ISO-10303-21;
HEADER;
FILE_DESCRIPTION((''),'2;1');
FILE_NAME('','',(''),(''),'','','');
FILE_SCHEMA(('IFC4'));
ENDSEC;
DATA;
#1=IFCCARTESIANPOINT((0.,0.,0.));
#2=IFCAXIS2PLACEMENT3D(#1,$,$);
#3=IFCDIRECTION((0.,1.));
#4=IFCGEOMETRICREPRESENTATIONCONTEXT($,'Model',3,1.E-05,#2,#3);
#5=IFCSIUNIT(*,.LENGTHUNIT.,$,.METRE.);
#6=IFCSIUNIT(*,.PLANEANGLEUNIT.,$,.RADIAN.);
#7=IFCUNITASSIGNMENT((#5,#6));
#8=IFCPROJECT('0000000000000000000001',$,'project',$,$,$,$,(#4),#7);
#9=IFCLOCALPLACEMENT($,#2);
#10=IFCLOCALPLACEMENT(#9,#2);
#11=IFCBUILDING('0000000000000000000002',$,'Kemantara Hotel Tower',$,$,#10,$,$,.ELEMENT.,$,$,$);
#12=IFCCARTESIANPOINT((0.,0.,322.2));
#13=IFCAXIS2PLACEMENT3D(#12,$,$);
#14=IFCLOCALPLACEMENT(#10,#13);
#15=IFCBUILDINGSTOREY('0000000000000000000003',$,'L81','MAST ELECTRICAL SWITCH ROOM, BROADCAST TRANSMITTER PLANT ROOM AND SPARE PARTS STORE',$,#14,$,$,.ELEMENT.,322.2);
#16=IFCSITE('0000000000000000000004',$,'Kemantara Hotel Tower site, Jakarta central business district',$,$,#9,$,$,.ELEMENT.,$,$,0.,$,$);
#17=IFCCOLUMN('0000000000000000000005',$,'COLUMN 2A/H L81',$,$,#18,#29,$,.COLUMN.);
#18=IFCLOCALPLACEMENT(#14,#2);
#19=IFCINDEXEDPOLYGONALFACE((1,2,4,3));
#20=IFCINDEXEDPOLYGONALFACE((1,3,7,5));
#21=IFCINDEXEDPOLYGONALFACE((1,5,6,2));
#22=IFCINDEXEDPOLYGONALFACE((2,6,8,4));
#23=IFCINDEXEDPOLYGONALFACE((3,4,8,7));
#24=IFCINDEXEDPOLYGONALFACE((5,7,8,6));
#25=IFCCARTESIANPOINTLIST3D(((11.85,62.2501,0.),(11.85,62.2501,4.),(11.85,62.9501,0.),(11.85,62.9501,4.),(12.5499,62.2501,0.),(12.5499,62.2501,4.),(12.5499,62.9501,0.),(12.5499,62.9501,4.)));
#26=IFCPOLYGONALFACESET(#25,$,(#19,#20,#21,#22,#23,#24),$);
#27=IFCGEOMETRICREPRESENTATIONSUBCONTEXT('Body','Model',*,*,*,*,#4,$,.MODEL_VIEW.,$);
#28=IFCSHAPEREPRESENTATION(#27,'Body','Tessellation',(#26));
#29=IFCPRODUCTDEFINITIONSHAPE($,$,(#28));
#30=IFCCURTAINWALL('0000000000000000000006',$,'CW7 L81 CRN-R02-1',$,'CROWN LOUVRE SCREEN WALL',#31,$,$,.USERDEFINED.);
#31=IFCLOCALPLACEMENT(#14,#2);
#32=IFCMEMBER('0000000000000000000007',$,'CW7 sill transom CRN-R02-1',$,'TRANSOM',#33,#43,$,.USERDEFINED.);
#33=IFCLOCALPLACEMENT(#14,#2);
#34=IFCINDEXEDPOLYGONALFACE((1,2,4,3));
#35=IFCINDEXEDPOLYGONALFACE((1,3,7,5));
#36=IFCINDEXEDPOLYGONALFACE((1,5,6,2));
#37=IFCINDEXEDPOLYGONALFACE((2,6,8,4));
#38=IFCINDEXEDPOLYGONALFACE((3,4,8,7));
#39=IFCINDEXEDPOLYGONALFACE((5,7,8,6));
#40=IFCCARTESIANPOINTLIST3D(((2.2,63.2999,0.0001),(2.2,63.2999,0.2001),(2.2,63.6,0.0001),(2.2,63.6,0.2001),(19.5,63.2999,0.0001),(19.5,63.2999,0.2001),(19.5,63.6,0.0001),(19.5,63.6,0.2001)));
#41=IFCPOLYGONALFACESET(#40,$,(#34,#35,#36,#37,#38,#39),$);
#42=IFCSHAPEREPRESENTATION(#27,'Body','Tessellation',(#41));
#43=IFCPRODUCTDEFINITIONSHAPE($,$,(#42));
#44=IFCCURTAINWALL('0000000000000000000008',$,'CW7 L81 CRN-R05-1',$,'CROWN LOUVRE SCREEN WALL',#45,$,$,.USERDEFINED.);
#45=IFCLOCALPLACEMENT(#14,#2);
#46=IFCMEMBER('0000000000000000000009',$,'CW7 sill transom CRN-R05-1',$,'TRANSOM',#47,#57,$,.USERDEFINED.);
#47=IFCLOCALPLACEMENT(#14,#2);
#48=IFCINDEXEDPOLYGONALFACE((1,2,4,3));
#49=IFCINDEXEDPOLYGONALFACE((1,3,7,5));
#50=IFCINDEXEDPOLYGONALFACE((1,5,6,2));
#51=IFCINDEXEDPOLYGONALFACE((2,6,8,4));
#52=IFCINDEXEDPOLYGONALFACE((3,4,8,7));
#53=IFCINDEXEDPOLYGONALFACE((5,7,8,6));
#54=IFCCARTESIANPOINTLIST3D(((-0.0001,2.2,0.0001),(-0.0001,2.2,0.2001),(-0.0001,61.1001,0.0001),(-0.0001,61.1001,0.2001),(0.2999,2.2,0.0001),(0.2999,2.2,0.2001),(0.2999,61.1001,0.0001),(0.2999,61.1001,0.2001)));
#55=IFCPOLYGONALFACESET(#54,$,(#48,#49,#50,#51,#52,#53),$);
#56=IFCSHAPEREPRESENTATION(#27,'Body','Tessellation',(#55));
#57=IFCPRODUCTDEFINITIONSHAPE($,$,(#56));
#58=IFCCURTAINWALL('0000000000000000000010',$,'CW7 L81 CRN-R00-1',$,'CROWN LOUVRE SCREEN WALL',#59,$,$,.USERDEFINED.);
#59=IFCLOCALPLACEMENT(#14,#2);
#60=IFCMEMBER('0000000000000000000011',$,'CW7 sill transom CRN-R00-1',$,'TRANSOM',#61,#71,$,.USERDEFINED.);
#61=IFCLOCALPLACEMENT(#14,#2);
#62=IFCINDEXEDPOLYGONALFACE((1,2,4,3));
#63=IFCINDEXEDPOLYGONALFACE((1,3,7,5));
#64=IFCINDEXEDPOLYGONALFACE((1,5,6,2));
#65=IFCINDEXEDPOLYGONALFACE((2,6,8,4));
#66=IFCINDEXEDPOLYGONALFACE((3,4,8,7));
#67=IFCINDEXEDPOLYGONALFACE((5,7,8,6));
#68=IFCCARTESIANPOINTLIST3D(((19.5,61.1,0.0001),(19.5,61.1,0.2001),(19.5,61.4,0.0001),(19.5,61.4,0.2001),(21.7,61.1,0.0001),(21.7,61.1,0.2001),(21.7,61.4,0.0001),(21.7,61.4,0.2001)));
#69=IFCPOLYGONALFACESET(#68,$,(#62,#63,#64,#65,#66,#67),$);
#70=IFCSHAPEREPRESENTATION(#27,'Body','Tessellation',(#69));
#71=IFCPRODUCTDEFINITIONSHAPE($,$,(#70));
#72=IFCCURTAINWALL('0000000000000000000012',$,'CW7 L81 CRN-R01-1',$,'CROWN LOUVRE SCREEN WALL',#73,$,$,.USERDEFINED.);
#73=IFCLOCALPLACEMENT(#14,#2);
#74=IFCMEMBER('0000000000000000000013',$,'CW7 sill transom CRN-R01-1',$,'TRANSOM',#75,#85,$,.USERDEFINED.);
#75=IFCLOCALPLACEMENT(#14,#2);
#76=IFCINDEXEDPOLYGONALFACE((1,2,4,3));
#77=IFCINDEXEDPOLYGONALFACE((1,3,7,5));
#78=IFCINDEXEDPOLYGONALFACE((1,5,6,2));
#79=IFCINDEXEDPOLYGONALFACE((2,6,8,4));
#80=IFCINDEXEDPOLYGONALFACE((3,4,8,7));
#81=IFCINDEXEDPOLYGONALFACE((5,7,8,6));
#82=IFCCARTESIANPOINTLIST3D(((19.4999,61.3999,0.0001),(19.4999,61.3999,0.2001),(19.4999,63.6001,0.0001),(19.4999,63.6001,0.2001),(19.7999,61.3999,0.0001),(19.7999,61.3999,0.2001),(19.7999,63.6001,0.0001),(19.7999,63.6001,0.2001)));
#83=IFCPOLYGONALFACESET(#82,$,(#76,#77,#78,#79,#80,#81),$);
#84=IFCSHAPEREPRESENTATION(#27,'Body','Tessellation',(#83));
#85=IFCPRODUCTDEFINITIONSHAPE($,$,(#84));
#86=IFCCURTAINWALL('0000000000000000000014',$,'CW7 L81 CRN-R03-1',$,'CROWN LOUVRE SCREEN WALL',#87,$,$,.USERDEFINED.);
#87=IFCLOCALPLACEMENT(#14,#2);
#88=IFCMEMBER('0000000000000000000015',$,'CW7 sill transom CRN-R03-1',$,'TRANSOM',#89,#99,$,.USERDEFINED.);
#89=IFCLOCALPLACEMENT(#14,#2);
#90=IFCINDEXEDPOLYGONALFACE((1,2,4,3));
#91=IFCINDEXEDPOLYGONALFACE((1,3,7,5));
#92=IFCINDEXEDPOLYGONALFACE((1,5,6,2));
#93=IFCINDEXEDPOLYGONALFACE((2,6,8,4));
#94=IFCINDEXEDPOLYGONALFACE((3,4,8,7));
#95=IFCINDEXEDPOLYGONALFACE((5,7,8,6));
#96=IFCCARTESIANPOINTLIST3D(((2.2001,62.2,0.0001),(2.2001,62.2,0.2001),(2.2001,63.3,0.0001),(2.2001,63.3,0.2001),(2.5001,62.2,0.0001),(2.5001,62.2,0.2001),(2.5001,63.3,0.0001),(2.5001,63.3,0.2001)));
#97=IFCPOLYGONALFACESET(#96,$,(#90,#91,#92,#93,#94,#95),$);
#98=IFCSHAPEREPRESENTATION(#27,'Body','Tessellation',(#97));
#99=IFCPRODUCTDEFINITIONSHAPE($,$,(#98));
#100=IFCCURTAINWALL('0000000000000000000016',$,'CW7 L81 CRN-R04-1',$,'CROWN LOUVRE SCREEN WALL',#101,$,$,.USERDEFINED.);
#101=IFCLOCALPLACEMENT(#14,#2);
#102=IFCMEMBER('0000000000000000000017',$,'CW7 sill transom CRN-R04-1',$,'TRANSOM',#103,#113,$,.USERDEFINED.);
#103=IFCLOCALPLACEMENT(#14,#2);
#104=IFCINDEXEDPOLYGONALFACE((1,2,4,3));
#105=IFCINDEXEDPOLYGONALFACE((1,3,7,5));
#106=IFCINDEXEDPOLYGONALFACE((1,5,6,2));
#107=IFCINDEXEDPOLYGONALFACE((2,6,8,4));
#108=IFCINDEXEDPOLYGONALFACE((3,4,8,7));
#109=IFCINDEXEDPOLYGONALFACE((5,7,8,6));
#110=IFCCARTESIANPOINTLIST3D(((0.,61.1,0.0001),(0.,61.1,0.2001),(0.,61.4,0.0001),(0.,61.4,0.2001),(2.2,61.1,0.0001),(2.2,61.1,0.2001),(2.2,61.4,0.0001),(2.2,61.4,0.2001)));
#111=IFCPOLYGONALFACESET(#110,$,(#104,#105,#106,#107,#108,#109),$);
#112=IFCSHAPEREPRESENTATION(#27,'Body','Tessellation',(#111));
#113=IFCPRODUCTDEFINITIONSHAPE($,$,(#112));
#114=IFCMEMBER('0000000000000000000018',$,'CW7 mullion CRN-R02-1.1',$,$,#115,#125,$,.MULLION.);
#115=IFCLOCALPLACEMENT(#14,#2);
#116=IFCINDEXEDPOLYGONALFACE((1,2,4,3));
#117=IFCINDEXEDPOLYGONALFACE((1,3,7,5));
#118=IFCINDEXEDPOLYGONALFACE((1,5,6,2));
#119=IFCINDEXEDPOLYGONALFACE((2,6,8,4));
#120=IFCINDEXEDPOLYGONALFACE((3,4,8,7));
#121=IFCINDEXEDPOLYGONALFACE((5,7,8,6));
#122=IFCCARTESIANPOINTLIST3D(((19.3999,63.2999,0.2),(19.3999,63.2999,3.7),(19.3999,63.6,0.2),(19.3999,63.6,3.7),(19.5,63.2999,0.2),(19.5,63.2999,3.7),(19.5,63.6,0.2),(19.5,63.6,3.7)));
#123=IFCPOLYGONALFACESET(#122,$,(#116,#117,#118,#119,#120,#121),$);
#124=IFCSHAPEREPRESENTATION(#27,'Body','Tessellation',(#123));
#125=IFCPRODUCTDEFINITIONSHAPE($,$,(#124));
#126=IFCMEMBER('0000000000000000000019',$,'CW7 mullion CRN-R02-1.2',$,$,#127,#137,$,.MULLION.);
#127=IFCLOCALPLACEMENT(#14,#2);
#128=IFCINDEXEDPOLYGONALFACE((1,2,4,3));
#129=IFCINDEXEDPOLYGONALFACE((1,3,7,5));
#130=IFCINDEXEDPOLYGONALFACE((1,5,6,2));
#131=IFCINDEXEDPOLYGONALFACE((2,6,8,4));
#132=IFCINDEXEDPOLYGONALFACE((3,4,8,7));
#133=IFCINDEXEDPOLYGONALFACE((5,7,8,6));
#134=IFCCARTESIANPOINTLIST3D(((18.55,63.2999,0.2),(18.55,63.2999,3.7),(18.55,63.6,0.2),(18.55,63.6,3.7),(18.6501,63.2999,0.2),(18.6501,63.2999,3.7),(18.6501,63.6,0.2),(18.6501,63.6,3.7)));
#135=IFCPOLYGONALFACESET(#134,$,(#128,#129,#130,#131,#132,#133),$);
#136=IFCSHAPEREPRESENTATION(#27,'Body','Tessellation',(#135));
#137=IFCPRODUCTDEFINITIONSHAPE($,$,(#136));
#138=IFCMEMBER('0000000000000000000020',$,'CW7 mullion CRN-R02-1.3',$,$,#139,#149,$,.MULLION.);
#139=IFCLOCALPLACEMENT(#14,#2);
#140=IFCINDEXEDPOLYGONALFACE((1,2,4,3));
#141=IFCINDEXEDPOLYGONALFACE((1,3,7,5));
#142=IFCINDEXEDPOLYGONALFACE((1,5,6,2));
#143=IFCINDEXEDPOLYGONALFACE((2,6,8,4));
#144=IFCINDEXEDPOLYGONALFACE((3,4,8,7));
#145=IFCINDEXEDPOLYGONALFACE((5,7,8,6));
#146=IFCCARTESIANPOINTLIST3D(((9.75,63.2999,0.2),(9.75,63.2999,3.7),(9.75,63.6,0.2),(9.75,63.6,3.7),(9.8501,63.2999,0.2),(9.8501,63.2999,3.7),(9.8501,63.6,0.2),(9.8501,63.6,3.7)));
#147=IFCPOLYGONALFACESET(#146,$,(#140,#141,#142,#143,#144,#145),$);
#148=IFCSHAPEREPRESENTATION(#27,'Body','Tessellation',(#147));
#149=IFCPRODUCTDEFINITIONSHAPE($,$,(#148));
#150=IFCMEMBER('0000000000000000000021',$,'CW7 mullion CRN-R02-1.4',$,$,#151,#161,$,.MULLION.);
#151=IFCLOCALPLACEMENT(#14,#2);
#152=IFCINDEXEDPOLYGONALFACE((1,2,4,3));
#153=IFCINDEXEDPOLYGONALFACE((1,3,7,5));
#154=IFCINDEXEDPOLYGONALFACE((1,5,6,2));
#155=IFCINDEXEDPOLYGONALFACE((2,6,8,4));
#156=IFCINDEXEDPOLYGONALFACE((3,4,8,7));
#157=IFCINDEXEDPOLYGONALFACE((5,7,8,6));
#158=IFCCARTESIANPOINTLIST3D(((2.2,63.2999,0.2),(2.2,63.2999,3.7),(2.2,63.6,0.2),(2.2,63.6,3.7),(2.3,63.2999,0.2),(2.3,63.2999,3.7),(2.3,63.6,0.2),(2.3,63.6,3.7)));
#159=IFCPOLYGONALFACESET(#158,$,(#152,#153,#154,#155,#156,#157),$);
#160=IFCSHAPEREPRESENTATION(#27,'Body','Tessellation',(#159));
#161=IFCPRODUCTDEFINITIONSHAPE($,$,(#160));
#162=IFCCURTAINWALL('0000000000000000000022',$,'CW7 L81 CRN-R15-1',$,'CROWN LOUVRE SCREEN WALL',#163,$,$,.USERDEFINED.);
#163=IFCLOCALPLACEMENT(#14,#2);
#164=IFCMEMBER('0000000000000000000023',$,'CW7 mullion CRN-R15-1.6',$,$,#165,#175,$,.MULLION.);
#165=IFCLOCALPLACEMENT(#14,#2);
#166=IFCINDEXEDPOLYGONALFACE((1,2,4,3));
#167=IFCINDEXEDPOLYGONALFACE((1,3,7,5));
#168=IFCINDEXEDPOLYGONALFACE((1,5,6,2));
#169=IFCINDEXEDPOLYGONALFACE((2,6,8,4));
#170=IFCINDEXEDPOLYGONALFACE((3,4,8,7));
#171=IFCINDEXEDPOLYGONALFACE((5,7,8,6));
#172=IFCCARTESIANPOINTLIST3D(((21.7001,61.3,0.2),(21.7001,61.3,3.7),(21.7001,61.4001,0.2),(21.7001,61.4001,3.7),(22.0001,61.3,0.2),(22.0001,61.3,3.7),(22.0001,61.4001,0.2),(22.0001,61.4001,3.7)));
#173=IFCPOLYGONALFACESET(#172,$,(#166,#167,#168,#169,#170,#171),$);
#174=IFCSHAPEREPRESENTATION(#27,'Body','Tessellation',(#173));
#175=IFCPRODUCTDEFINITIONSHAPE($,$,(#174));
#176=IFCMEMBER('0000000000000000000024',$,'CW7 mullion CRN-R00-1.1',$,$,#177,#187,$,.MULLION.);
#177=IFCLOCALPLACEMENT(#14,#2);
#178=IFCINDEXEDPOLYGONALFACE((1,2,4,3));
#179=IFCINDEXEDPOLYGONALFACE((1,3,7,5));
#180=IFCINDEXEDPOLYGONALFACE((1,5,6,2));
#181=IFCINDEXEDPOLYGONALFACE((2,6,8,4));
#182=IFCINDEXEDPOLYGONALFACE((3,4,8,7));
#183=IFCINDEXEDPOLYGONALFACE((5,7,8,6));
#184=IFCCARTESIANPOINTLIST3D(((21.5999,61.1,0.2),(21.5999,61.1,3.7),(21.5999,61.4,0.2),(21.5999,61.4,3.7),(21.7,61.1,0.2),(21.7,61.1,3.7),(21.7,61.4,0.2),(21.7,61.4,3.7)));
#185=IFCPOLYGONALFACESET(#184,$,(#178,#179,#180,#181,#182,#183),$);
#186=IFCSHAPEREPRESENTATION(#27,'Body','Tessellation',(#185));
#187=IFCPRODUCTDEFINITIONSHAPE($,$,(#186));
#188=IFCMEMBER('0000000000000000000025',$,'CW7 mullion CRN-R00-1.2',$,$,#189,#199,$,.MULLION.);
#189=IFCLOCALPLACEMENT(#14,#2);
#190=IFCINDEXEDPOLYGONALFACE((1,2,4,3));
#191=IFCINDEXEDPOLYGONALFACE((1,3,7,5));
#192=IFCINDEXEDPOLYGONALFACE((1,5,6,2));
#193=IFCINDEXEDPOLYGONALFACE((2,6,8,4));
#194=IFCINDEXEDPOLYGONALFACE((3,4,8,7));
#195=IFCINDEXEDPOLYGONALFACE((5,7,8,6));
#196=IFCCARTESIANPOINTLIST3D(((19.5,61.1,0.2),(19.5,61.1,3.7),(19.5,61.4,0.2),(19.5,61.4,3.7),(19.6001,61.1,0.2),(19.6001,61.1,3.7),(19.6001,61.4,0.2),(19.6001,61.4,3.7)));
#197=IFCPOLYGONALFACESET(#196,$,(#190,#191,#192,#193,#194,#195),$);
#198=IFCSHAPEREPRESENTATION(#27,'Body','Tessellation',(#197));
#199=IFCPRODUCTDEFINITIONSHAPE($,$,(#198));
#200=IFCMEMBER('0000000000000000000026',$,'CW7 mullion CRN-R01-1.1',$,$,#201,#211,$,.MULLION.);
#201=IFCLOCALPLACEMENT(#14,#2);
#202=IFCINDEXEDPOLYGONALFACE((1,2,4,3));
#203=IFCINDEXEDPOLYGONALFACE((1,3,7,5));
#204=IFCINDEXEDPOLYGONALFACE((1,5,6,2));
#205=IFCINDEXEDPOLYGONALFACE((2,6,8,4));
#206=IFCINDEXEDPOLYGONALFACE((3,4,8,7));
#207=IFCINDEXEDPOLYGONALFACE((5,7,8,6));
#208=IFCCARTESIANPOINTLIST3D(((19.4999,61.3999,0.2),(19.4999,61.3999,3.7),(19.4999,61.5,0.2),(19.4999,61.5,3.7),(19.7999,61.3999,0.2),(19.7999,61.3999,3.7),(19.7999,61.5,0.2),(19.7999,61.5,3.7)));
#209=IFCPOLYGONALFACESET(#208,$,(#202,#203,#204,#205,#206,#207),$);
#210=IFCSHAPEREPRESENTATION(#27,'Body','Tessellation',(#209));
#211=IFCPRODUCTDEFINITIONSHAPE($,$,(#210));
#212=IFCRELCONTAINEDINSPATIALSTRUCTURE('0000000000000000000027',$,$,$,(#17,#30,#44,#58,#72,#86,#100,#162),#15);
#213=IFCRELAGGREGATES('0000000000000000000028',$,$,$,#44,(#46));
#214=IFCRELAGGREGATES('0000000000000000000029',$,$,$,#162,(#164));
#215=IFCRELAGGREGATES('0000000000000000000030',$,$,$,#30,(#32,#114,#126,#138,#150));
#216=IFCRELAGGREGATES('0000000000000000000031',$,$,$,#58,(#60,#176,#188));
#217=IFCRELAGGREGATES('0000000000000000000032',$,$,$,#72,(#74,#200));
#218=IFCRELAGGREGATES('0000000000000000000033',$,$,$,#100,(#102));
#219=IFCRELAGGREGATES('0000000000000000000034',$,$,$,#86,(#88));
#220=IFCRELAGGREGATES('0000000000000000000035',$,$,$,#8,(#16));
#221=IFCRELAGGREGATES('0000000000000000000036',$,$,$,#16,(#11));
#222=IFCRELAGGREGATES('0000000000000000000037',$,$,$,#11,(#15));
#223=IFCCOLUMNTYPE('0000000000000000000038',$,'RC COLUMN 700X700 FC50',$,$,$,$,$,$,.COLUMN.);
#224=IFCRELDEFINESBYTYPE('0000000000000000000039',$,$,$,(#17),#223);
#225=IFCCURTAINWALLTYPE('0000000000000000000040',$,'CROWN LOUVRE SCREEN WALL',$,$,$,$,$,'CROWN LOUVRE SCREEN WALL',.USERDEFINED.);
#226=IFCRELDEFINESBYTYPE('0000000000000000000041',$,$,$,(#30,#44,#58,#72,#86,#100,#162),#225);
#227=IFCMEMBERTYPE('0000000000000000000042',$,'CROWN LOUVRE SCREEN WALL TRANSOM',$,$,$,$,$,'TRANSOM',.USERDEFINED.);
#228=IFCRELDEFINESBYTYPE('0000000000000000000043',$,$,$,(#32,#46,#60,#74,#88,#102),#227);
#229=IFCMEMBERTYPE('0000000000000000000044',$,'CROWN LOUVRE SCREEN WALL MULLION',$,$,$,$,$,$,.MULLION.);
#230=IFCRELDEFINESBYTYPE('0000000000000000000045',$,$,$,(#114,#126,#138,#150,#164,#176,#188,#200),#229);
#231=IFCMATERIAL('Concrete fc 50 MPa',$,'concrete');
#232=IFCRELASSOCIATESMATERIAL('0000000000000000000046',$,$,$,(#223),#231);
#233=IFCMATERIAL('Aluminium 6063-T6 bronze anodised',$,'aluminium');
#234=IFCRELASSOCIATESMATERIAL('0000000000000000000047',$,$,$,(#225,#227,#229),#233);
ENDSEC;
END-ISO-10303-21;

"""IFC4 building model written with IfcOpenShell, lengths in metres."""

from ifc_helpers import new_model, si_unit, direction, frame, origin, origin_2d, place, context, subcontext, project, spatial, rectangle, extrude, source, transform, mapped, material, material_profile, profile_set, type_object, element, aggregate, save


model = new_model("IFC4")

# Units and contexts
model_context = context("Model", 3, precision=1e-05, world=origin(), true_north=direction((0.0, 1.0)))
body_context = subcontext(model_context, "Body", "Model", "MODEL_VIEW")
ifc_project = project(units=[si_unit("LENGTHUNIT", "METRE"), si_unit("PLANEANGLEUNIT", "RADIAN")], contexts=[model_context])

# Site, building, storey
site_placement = place(None, origin())
site = spatial("IfcSite", under=ifc_project, at=site_placement, Name="Kemantara Hotel Tower site, Jakarta central business district", CompositionType="ELEMENT", RefElevation=0.0)
building_placement = place(site_placement, origin())
building = spatial("IfcBuilding", under=site, at=building_placement, Name="Kemantara Hotel Tower", CompositionType="ELEMENT")
storey_placement = place(building_placement, frame((0.0, 0.0, 322.2)))
storey = spatial("IfcBuildingStorey", under=building, at=storey_placement, Name="L81", Description="MAST ELECTRICAL SWITCH ROOM, BROADCAST TRANSMITTER PLANT ROOM AND SPARE PARTS STORE", CompositionType="ELEMENT", Elevation=322.2)

# Column
ifc_material_1 = material(Name="Concrete fc 50 MPa", Category="concrete")
ifc_material_profile_1 = material_profile(ifc_material_1, rectangle(XDim=0.7, YDim=0.7, at=origin_2d()), Name="RC 700X700")
ifc_profile_set_1 = profile_set([ifc_material_profile_1], Name="Concrete fc 50 MPa")
column_type = type_object("IfcColumnType", Name="RC COLUMN 700X700 FC50", PredefinedType="COLUMN", material=ifc_profile_set_1)
column_placement = place(storey_placement, frame((12.2, 62.6001, 0.0), z_axis=(0.0, 0.0, 1.0), x_axis=(1.0, 0.0, 0.0)))
element("IfcColumn", 1, at=column_placement, inside=storey, type_object=column_type, Name="COLUMN 2A/H L81", PredefinedType="COLUMN", context=body_context, shape_type="SweptSolid", body=[
    extrude(rectangle(XDim=0.7, YDim=0.7, at=origin_2d()), origin(), (0.0, 0.0, 1.0), 4.0),
])

# Curtain walls, members
ifc_material_2 = material(Name="Aluminium 6063-T6 bronze anodised", Category="aluminium")
curtain_wall_type = type_object("IfcCurtainWallType", Name="CROWN LOUVRE SCREEN WALL", ElementType="CROWN LOUVRE SCREEN WALL", PredefinedType="USERDEFINED", material=ifc_material_2)
curtain_wall_1_placement = place(storey_placement, origin())
curtain_wall_1 = element("IfcCurtainWall", 2, at=curtain_wall_1_placement, inside=storey, type_object=curtain_wall_type, Name="CW7 L81 CRN-R02-1", ObjectType="CROWN LOUVRE SCREEN WALL", PredefinedType="USERDEFINED")
ifc_material_profile_2 = material_profile(ifc_material_2, rectangle(XDim=0.3, YDim=0.2, at=origin_2d()), Name="CROWN LOUVRE SCREEN WALL TRANSOM")
ifc_profile_set_2 = profile_set([ifc_material_profile_2], Name="Aluminium 6063-T6 bronze anodised")
member_type_1 = type_object("IfcMemberType", Name="CROWN LOUVRE SCREEN WALL TRANSOM", ElementType="TRANSOM", PredefinedType="USERDEFINED", material=ifc_profile_set_2)
member_1_placement = place(storey_placement, frame((19.5, 63.45, 0.1001), z_axis=(-1.0, 0.0, 0.0), x_axis=(0.0, -1.0, 0.0)))
member_1 = element("IfcMember", 3, at=member_1_placement, type_object=member_type_1, Name="CW7 sill transom CRN-R02-1", ObjectType="TRANSOM", PredefinedType="USERDEFINED", context=body_context, shape_type="SweptSolid", body=[
    extrude(rectangle(XDim=0.3, YDim=0.2, at=origin_2d()), origin(), (0.0, 0.0, 1.0), 17.3),
])
curtain_wall_2_placement = place(storey_placement, origin())
curtain_wall_2 = element("IfcCurtainWall", 4, at=curtain_wall_2_placement, inside=storey, type_object=curtain_wall_type, Name="CW7 L81 CRN-R05-1", ObjectType="CROWN LOUVRE SCREEN WALL", PredefinedType="USERDEFINED")
member_2_placement = place(storey_placement, frame((0.1499, 61.1001, 0.1001), z_axis=(0.0, -1.0, 0.0), x_axis=(1.0, 0.0, 0.0)))
member_2 = element("IfcMember", 5, at=member_2_placement, type_object=member_type_1, Name="CW7 sill transom CRN-R05-1", ObjectType="TRANSOM", PredefinedType="USERDEFINED", context=body_context, shape_type="SweptSolid", body=[
    extrude(rectangle(XDim=0.3, YDim=0.2, at=origin_2d()), origin(), (0.0, 0.0, 1.0), 58.9001),
])
aggregate(curtain_wall_2, [member_2])
curtain_wall_3_placement = place(storey_placement, origin())
curtain_wall_3 = element("IfcCurtainWall", 6, at=curtain_wall_3_placement, inside=storey, type_object=curtain_wall_type, Name="CW7 L81 CRN-R00-1", ObjectType="CROWN LOUVRE SCREEN WALL", PredefinedType="USERDEFINED")
member_3_placement = place(storey_placement, frame((21.7, 61.25, 0.1001), z_axis=(-1.0, 0.0, 0.0), x_axis=(0.0, -1.0, 0.0)))
member_3 = element("IfcMember", 7, at=member_3_placement, type_object=member_type_1, Name="CW7 sill transom CRN-R00-1", ObjectType="TRANSOM", PredefinedType="USERDEFINED", context=body_context, shape_type="SweptSolid", body=[
    extrude(rectangle(XDim=0.3, YDim=0.2, at=origin_2d()), origin(), (0.0, 0.0, 1.0), 2.2),
])
curtain_wall_4_placement = place(storey_placement, origin())
curtain_wall_4 = element("IfcCurtainWall", 8, at=curtain_wall_4_placement, inside=storey, type_object=curtain_wall_type, Name="CW7 L81 CRN-R01-1", ObjectType="CROWN LOUVRE SCREEN WALL", PredefinedType="USERDEFINED")
member_4_placement = place(storey_placement, frame((19.6499, 61.3999, 0.1001), z_axis=(0.0, 1.0, 0.0), x_axis=(-1.0, 0.0, 0.0)))
member_4 = element("IfcMember", 9, at=member_4_placement, type_object=member_type_1, Name="CW7 sill transom CRN-R01-1", ObjectType="TRANSOM", PredefinedType="USERDEFINED", context=body_context, shape_type="SweptSolid", body=[
    extrude(rectangle(XDim=0.3, YDim=0.2, at=origin_2d()), origin(), (0.0, 0.0, 1.0), 2.2002),
])
curtain_wall_5_placement = place(storey_placement, origin())
curtain_wall_5 = element("IfcCurtainWall", 10, at=curtain_wall_5_placement, inside=storey, type_object=curtain_wall_type, Name="CW7 L81 CRN-R03-1", ObjectType="CROWN LOUVRE SCREEN WALL", PredefinedType="USERDEFINED")
member_5_placement = place(storey_placement, frame((2.3501, 63.3, 0.1001), z_axis=(0.0, -1.0, 0.0), x_axis=(1.0, 0.0, 0.0)))
member_5 = element("IfcMember", 11, at=member_5_placement, type_object=member_type_1, Name="CW7 sill transom CRN-R03-1", ObjectType="TRANSOM", PredefinedType="USERDEFINED", context=body_context, shape_type="SweptSolid", body=[
    extrude(rectangle(XDim=0.3, YDim=0.2, at=origin_2d()), origin(), (0.0, 0.0, 1.0), 1.1001),
])
curtain_wall_6_placement = place(storey_placement, origin())
curtain_wall_6 = element("IfcCurtainWall", 12, at=curtain_wall_6_placement, inside=storey, type_object=curtain_wall_type, Name="CW7 L81 CRN-R04-1", ObjectType="CROWN LOUVRE SCREEN WALL", PredefinedType="USERDEFINED")
member_6_placement = place(storey_placement, frame((2.2, 61.25, 0.1001), z_axis=(-1.0, 0.0, 0.0), x_axis=(0.0, -1.0, 0.0)))
member_6 = element("IfcMember", 13, at=member_6_placement, type_object=member_type_1, Name="CW7 sill transom CRN-R04-1", ObjectType="TRANSOM", PredefinedType="USERDEFINED", context=body_context, shape_type="SweptSolid", body=[
    extrude(rectangle(XDim=0.3, YDim=0.2, at=origin_2d()), origin(), (0.0, 0.0, 1.0), 2.2),
])

# Members
ifc_material_profile_3 = material_profile(ifc_material_2, rectangle(XDim=0.3, YDim=0.1001, at=origin_2d()), Name="CROWN LOUVRE SCREEN WALL MULLION")
ifc_profile_set_3 = profile_set([ifc_material_profile_3], Name="Aluminium 6063-T6 bronze anodised")
member_type_2 = type_object("IfcMemberType", Name="CROWN LOUVRE SCREEN WALL MULLION", PredefinedType="MULLION", material=ifc_profile_set_3)
shared_shape_1 = source(origin(), body_context, "Body", "SweptSolid", [
    extrude(rectangle(XDim=0.3, YDim=0.1001, at=origin_2d()), origin(), (0.0, 0.0, 1.0), 3.5),
])
member_7_placement = place(storey_placement, frame((19.45, 63.45, 0.2), z_axis=(0.0, 0.0, 1.0), x_axis=(0.0, -1.0, 0.0)))
member_7 = element("IfcMember", 14, at=member_7_placement, type_object=member_type_2, Name="CW7 mullion CRN-R02-1.1", PredefinedType="MULLION", context=body_context, shape_type="MappedRepresentation", body=[
    mapped(shared_shape_1, transform((0.0, 0.0, 0.0))),
])
member_8_placement = place(storey_placement, frame((18.6001, 63.45, 0.2), z_axis=(0.0, 0.0, 1.0), x_axis=(0.0, -1.0, 0.0)))
member_8 = element("IfcMember", 15, at=member_8_placement, type_object=member_type_2, Name="CW7 mullion CRN-R02-1.2", PredefinedType="MULLION", context=body_context, shape_type="MappedRepresentation", body=[
    mapped(shared_shape_1, transform((0.0, 0.0, 0.0))),
])
member_9_placement = place(storey_placement, frame((9.8, 63.45, 0.2), z_axis=(0.0, 0.0, 1.0), x_axis=(0.0, -1.0, 0.0)))
member_9 = element("IfcMember", 16, at=member_9_placement, type_object=member_type_2, Name="CW7 mullion CRN-R02-1.3", PredefinedType="MULLION", context=body_context, shape_type="MappedRepresentation", body=[
    mapped(shared_shape_1, transform((0.0, 0.0, 0.0))),
])
member_10_placement = place(storey_placement, frame((2.25, 63.45, 0.2), z_axis=(0.0, 0.0, 1.0), x_axis=(0.0, -1.0, 0.0)))
member_10 = element("IfcMember", 17, at=member_10_placement, type_object=member_type_2, Name="CW7 mullion CRN-R02-1.4", PredefinedType="MULLION", context=body_context, shape_type="MappedRepresentation", body=[
    mapped(shared_shape_1, transform((0.0, 0.0, 0.0))),
])

# Curtain wall, member
curtain_wall_7_placement = place(storey_placement, origin())
curtain_wall_7 = element("IfcCurtainWall", 18, at=curtain_wall_7_placement, inside=storey, type_object=curtain_wall_type, Name="CW7 L81 CRN-R15-1", ObjectType="CROWN LOUVRE SCREEN WALL", PredefinedType="USERDEFINED")
member_11_placement = place(storey_placement, frame((21.8501, 61.3501, 0.2), z_axis=(0.0, 0.0, 1.0), x_axis=(-1.0, 0.0, 0.0)))
member_11 = element("IfcMember", 19, at=member_11_placement, type_object=member_type_2, Name="CW7 mullion CRN-R15-1.6", PredefinedType="MULLION", context=body_context, shape_type="MappedRepresentation", body=[
    mapped(shared_shape_1, transform((0.0, 0.0, 0.0))),
])
aggregate(curtain_wall_7, [member_11])

# Members
member_12_placement = place(storey_placement, frame((21.6499, 61.25, 0.2), z_axis=(0.0, 0.0, 1.0), x_axis=(0.0, -1.0, 0.0)))
member_12 = element("IfcMember", 20, at=member_12_placement, type_object=member_type_2, Name="CW7 mullion CRN-R00-1.1", PredefinedType="MULLION", context=body_context, shape_type="MappedRepresentation", body=[
    mapped(shared_shape_1, transform((0.0, 0.0, 0.0))),
])
member_13_placement = place(storey_placement, frame((19.55, 61.25, 0.2), z_axis=(0.0, 0.0, 1.0), x_axis=(0.0, -1.0, 0.0)))
member_13 = element("IfcMember", 21, at=member_13_placement, type_object=member_type_2, Name="CW7 mullion CRN-R00-1.2", PredefinedType="MULLION", context=body_context, shape_type="MappedRepresentation", body=[
    mapped(shared_shape_1, transform((0.0, 0.0, 0.0))),
])
member_14_placement = place(storey_placement, frame((19.6499, 61.45, 0.2), z_axis=(0.0, 0.0, 1.0), x_axis=(-1.0, 0.0, 0.0)))
member_14 = element("IfcMember", 22, at=member_14_placement, type_object=member_type_2, Name="CW7 mullion CRN-R01-1.1", PredefinedType="MULLION", context=body_context, shape_type="MappedRepresentation", body=[
    mapped(shared_shape_1, transform((0.0, 0.0, 0.0))),
])

aggregate(curtain_wall_1, [member_1, member_7, member_8, member_9, member_10])
aggregate(curtain_wall_3, [member_3, member_12, member_13])
aggregate(curtain_wall_4, [member_4, member_14])
aggregate(curtain_wall_6, [member_6])
aggregate(curtain_wall_5, [member_5])

save(model, "model.ifc")
